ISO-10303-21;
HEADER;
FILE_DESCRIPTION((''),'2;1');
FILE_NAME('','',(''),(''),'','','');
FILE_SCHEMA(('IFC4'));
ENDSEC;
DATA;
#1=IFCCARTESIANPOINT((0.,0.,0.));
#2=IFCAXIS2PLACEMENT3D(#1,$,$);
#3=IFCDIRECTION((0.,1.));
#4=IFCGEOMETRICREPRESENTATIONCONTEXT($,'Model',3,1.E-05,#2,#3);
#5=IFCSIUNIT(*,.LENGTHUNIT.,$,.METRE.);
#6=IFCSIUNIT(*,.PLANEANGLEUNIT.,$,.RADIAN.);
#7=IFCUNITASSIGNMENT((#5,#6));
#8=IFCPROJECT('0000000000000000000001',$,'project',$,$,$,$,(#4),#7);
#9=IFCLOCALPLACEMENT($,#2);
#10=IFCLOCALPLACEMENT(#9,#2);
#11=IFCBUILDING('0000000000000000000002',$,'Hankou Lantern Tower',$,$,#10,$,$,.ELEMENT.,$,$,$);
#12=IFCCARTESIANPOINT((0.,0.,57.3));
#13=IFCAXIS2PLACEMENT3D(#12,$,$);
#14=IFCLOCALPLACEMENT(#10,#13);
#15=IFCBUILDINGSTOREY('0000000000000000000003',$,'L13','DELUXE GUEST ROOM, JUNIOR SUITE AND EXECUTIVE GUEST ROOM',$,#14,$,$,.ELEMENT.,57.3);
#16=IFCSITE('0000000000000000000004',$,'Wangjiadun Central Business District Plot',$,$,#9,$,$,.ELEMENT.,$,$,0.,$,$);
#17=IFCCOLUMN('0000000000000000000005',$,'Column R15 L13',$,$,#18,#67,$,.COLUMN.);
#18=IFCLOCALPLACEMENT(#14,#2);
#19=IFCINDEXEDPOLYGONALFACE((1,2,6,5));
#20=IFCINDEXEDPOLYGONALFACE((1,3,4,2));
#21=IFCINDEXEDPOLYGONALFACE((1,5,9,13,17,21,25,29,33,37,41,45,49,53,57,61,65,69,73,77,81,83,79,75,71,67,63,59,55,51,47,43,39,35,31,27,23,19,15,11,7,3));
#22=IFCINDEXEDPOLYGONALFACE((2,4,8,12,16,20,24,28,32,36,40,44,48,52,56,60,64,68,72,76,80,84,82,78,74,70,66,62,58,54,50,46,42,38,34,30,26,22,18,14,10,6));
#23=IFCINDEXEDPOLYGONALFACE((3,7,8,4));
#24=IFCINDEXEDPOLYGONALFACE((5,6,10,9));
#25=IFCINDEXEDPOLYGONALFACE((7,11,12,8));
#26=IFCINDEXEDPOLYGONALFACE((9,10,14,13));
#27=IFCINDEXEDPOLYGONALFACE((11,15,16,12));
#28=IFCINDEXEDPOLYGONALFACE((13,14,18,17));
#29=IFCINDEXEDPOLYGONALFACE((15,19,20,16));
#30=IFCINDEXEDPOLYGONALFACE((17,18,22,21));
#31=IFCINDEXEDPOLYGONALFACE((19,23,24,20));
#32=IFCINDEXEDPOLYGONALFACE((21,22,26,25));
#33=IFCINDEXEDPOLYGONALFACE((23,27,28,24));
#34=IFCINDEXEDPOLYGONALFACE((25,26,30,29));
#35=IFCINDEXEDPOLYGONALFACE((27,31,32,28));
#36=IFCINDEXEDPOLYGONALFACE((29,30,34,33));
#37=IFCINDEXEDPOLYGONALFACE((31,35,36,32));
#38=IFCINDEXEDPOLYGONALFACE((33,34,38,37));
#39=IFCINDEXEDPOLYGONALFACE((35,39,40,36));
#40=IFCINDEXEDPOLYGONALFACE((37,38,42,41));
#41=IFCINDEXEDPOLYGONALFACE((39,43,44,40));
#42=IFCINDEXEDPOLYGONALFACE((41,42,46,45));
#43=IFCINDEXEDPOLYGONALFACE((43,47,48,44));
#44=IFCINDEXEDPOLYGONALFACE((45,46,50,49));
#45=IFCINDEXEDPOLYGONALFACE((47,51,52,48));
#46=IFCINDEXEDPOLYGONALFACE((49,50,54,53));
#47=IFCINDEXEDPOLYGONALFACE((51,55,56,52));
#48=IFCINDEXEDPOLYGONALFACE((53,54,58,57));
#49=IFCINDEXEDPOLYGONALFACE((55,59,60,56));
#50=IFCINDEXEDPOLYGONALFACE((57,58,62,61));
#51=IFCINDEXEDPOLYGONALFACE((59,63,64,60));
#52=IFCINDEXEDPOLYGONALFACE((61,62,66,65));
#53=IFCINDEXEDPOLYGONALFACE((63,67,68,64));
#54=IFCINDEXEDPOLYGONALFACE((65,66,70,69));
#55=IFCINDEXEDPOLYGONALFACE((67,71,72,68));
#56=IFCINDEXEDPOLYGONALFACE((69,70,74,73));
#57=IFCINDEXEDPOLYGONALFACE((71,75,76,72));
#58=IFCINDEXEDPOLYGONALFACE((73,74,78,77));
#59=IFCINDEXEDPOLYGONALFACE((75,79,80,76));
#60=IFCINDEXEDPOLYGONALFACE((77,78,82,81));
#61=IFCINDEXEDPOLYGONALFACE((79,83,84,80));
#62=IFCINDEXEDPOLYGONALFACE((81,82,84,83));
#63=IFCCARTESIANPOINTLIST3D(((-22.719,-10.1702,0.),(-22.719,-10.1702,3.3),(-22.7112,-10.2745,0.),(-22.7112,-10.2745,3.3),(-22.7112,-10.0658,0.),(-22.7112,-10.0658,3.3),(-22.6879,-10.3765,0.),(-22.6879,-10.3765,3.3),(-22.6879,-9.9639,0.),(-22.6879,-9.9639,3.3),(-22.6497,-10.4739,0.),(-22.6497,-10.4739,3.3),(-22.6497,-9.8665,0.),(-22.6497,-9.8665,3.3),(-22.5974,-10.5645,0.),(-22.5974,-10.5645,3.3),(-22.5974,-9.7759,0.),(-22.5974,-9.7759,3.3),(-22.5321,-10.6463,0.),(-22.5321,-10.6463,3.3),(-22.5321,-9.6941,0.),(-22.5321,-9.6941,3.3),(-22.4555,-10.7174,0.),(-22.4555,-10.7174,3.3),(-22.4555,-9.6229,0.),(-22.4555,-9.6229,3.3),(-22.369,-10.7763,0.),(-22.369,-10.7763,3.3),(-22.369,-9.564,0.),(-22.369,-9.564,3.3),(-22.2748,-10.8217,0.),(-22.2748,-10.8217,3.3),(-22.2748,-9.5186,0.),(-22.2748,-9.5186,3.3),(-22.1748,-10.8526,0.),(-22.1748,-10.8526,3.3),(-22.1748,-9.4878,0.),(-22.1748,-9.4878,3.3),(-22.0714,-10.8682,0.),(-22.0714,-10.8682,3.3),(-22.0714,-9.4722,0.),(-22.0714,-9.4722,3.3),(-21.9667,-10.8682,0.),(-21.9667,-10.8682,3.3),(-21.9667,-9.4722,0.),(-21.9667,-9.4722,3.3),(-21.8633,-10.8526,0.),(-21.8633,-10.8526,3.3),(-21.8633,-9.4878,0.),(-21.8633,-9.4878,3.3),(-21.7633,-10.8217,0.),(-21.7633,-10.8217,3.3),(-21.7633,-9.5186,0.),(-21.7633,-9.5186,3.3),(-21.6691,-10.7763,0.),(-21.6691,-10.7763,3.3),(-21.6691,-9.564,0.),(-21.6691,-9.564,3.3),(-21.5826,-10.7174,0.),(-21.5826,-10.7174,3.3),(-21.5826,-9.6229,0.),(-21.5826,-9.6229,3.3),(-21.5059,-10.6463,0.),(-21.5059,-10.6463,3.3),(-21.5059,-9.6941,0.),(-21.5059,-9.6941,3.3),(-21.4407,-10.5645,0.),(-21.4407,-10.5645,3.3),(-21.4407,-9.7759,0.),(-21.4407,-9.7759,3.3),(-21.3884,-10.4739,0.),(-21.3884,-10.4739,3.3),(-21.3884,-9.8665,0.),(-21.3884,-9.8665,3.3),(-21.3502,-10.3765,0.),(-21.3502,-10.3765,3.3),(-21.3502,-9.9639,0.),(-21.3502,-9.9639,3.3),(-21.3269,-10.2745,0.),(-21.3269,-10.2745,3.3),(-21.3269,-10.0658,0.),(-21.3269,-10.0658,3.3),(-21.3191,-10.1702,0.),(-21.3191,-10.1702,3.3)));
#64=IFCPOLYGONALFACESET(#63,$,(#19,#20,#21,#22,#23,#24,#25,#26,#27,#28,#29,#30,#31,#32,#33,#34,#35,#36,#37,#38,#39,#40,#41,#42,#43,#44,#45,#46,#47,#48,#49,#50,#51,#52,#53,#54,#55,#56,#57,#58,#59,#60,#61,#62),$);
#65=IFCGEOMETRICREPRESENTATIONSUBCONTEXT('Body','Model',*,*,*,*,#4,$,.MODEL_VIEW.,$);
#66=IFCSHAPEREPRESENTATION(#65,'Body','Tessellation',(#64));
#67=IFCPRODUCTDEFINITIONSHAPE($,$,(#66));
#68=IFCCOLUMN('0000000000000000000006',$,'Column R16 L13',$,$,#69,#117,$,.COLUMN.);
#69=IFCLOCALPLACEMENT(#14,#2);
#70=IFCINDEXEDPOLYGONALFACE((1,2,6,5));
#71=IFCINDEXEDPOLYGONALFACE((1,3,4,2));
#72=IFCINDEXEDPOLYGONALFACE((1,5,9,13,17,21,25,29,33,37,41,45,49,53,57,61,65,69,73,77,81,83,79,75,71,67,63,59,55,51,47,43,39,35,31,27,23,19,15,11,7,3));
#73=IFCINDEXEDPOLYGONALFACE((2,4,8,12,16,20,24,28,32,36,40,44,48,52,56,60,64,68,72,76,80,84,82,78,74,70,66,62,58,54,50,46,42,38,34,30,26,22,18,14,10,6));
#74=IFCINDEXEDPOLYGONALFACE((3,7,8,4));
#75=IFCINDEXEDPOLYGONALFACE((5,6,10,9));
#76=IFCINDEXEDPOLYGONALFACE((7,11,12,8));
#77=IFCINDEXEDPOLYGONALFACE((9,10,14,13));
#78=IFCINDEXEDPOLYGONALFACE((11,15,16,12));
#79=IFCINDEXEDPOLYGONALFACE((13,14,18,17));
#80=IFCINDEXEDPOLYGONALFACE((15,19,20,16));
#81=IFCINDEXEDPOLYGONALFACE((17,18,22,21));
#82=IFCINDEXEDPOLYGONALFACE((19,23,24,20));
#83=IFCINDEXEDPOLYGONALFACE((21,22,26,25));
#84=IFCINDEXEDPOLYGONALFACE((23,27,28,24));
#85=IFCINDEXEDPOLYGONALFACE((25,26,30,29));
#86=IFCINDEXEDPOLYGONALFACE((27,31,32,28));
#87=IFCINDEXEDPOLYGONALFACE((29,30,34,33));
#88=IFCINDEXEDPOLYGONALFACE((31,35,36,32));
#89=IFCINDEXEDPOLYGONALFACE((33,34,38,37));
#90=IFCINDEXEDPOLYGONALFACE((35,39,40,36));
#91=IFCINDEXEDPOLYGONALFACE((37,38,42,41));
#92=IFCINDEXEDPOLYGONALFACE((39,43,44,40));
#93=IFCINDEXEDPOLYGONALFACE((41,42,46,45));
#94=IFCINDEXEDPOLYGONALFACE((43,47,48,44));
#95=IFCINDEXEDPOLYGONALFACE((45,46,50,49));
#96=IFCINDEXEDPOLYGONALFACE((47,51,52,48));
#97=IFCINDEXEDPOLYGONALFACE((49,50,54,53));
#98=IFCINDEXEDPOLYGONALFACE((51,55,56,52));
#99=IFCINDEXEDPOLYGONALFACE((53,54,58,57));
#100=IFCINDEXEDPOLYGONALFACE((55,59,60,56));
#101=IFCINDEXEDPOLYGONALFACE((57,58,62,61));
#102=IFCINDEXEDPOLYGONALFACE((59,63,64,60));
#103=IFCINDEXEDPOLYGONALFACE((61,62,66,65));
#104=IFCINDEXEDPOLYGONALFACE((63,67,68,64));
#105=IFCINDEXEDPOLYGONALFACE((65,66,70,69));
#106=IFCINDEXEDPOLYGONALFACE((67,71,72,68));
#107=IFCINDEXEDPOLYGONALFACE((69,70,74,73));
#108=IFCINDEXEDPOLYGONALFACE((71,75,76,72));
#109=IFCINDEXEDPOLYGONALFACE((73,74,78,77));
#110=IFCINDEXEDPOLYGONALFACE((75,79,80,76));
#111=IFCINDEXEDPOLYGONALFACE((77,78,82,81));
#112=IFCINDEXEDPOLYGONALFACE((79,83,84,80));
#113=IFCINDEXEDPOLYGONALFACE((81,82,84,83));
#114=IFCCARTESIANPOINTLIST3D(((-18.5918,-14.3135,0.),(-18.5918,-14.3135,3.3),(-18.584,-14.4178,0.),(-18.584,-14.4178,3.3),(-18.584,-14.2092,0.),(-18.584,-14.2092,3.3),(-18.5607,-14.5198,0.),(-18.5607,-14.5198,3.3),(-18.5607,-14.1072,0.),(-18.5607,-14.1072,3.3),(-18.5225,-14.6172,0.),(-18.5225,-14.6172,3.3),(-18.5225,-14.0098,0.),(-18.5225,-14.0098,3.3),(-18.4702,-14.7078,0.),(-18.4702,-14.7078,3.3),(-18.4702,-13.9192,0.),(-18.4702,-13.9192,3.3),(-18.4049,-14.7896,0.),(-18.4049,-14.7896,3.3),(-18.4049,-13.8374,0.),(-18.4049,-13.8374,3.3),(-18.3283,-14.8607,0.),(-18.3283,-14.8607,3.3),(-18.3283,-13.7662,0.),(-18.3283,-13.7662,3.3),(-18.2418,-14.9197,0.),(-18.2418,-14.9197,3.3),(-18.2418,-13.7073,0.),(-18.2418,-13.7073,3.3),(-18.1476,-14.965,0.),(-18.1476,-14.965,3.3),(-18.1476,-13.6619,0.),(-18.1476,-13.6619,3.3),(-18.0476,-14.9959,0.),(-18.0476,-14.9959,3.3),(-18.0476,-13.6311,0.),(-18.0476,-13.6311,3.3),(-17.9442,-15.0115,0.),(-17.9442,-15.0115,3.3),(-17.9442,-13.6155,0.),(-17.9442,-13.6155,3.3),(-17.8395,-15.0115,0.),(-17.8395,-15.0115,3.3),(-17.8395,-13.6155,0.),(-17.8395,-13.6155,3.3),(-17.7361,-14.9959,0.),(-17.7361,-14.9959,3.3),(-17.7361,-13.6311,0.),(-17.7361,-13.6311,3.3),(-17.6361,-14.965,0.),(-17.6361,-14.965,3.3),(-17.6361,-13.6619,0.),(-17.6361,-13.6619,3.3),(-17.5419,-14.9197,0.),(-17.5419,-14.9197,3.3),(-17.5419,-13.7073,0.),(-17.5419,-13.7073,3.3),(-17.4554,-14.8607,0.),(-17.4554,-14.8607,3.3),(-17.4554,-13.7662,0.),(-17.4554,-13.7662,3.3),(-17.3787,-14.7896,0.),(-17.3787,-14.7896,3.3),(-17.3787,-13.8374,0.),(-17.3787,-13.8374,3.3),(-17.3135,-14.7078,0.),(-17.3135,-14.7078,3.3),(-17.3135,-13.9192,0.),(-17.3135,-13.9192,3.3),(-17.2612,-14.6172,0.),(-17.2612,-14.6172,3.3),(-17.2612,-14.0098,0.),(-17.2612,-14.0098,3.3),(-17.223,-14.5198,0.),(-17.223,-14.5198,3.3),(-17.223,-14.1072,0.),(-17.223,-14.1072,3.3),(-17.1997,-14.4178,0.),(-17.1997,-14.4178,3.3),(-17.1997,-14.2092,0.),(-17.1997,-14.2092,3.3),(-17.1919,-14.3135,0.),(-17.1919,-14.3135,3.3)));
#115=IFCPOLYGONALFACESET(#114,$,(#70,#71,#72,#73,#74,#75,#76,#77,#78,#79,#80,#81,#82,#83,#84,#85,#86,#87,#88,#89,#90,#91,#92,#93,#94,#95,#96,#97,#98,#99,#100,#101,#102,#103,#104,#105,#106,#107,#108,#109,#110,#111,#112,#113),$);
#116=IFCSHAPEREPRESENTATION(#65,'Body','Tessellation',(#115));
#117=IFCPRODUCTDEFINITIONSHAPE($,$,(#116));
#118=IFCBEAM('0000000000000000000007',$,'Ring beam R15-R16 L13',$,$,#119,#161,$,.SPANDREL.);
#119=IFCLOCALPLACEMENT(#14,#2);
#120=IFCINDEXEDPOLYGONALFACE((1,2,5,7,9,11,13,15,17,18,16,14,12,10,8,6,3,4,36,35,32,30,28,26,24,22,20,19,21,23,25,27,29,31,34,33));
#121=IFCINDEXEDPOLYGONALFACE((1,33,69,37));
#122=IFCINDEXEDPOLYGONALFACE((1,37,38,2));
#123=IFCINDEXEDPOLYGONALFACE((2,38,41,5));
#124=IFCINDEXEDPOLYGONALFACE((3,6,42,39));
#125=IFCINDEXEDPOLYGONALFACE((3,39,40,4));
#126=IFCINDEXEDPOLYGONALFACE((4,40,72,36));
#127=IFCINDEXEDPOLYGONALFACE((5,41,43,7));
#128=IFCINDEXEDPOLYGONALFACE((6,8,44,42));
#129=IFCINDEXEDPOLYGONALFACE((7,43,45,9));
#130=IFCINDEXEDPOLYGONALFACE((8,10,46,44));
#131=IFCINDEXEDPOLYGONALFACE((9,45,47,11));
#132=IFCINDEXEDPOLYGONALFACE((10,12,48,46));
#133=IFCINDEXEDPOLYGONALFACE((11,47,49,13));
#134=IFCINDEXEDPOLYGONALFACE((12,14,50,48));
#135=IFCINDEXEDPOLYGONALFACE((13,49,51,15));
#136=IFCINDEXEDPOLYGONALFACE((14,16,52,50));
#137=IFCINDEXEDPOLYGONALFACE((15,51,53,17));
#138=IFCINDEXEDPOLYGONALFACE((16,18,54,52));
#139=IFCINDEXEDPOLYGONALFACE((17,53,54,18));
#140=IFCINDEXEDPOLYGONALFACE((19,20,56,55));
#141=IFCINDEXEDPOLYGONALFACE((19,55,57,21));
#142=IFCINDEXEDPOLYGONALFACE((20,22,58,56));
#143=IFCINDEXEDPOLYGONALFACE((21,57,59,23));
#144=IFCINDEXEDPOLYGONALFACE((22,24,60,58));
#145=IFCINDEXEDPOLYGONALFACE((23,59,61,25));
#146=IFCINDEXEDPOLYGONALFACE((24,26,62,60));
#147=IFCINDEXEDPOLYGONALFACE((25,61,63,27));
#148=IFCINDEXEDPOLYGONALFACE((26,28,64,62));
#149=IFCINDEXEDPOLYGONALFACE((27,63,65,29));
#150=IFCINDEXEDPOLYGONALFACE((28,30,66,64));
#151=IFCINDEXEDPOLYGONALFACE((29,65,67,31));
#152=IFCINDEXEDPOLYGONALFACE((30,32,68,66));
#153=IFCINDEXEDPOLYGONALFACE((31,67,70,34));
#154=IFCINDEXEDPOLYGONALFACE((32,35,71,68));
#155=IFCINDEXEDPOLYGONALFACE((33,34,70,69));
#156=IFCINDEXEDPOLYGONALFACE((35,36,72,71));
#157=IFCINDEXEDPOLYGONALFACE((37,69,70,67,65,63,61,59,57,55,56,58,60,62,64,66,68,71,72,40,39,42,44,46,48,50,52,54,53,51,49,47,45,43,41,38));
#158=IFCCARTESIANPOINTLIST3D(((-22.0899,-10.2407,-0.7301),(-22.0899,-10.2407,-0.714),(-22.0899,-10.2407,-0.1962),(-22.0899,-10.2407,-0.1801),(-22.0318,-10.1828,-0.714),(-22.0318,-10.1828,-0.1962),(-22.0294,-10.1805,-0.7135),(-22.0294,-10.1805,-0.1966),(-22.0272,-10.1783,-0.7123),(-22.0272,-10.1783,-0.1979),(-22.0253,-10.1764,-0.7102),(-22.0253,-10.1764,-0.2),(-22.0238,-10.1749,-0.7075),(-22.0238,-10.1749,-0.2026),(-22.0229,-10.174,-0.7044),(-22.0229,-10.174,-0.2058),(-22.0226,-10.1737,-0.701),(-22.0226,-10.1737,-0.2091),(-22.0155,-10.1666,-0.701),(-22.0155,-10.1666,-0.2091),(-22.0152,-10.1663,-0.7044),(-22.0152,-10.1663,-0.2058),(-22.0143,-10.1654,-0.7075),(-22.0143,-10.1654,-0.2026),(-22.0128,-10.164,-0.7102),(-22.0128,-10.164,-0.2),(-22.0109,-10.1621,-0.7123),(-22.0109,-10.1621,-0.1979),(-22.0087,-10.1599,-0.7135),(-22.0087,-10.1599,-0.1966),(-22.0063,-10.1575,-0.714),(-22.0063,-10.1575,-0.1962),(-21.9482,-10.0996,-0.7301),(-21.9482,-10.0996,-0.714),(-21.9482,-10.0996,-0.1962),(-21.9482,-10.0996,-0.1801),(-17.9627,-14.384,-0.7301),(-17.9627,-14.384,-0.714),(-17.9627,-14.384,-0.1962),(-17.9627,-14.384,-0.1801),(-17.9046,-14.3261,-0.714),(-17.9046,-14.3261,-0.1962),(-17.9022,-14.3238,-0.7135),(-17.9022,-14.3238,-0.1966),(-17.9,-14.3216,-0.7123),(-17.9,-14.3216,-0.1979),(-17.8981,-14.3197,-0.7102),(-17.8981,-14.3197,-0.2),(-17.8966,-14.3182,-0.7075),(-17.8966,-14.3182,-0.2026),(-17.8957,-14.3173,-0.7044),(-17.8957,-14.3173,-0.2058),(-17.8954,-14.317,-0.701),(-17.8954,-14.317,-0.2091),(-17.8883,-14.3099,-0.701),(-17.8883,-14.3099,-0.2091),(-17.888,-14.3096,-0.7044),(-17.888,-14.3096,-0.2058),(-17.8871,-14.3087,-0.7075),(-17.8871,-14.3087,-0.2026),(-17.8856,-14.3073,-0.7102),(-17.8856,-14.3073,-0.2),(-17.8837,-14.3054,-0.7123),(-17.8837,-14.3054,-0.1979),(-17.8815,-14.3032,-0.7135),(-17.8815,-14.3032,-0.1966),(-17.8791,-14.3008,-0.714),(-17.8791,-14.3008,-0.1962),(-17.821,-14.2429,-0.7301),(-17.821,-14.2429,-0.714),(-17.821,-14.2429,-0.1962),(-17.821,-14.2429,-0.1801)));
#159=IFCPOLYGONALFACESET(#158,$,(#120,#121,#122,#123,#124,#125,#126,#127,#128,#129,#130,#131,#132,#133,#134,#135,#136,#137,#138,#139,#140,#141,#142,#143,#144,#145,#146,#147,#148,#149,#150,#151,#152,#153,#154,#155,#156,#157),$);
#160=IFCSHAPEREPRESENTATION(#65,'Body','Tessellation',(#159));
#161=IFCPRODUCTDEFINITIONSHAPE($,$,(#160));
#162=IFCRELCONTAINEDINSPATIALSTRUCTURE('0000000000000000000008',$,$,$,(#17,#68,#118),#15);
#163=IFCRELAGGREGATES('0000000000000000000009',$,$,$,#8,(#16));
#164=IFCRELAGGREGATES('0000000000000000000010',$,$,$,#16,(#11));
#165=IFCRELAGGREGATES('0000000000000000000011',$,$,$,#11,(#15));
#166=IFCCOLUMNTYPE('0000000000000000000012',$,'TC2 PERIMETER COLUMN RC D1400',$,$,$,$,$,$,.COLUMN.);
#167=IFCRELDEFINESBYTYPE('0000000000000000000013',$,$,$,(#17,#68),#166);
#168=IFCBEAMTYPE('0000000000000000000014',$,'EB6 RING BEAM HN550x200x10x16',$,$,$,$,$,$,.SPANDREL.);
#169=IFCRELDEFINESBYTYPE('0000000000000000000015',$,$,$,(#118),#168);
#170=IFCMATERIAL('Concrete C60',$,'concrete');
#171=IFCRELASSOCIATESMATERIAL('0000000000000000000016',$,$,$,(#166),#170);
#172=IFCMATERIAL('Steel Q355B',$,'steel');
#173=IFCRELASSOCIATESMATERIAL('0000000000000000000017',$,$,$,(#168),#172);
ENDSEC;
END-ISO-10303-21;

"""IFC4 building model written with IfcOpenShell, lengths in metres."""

from ifc_helpers import new_model, si_unit, direction, frame, origin, origin_2d, place, context, subcontext, project, spatial, circle, i_section, extrude, material, material_profile, profile_set, type_object, element, save


model = new_model("IFC4")

# Units and contexts
model_context = context("Model", 3, precision=1e-05, world=origin(), true_north=direction((0.0, 1.0)))
body_context = subcontext(model_context, "Body", "Model", "MODEL_VIEW")
ifc_project = project(units=[si_unit("LENGTHUNIT", "METRE"), si_unit("PLANEANGLEUNIT", "RADIAN")], contexts=[model_context])

# Site, building, storey
site_placement = place(None, origin())
site = spatial("IfcSite", under=ifc_project, at=site_placement, Name="Wangjiadun Central Business District Plot", CompositionType="ELEMENT", RefElevation=0.0)
building_placement = place(site_placement, origin())
building = spatial("IfcBuilding", under=site, at=building_placement, Name="Hankou Lantern Tower", CompositionType="ELEMENT")
storey_placement = place(building_placement, frame((0.0, 0.0, 57.3)))
storey = spatial("IfcBuildingStorey", under=building, at=storey_placement, Name="L13", Description="DELUXE GUEST ROOM, JUNIOR SUITE AND EXECUTIVE GUEST ROOM", CompositionType="ELEMENT", Elevation=57.3)

# Columns
ifc_material_1 = material(Name="Concrete C60", Category="concrete")
ifc_material_profile_1 = material_profile(ifc_material_1, circle(Radius=0.7, at=origin_2d()), Name="RC D1400")
ifc_profile_set_1 = profile_set([ifc_material_profile_1], Name="Concrete C60")
column_type = type_object("IfcColumnType", Name="TC2 PERIMETER COLUMN RC D1400", PredefinedType="COLUMN", material=ifc_profile_set_1)
for number, where, z_axis, x_axis, name in (
    (1, (-22.019, -10.1702, 0.0), (0.0, 0.0, 1.0), (1.0, 0.0, 0.0), "Column R15 L13"),
    (2, (-17.8918, -14.3135, 0.0), (0.0, 0.0, 1.0), (1.0, 0.0, 0.0), "Column R16 L13"),
):
    element("IfcColumn", number, at=place(storey_placement, frame(where, z_axis=z_axis, x_axis=x_axis)), inside=storey, type_object=column_type, Name=name, PredefinedType="COLUMN", context=body_context, shape_type="SweptSolid", body=[
        extrude(circle(Radius=0.7, at=origin_2d()), origin(), (0.0, 0.0, 1.0), 3.3),
    ])

# Beam
ifc_material_2 = material(Name="Steel Q355B", Category="steel")
ifc_material_profile_2 = material_profile(ifc_material_2, i_section(OverallWidth=0.2, OverallDepth=0.55, WebThickness=0.01, FlangeThickness=0.0161, FilletRadius=0.0129, at=origin_2d()), Name="HN550x200x10x16")
ifc_profile_set_2 = profile_set([ifc_material_profile_2], Name="Steel Q355B")
beam_type_1 = type_object("IfcBeamType", Name="EB6 RING BEAM HN550x200x10x16", PredefinedType="SPANDREL", material=ifc_profile_set_2)
beam_1_placement = place(storey_placement, frame((-22.019, -10.1702, -0.4551), z_axis=(0.705728, -0.708483, 0.0), x_axis=(0.708483, 0.705728, 0.0)))
element("IfcBeam", 3, at=beam_1_placement, inside=storey, type_object=beam_type_1, Name="Ring beam R15-R16 L13", PredefinedType="SPANDREL", context=body_context, shape_type="SweptSolid", body=[
    extrude(i_section(OverallWidth=0.2, OverallDepth=0.55, WebThickness=0.01, FlangeThickness=0.0161, FilletRadius=0.0129, at=origin_2d()), origin(), (0.0, 0.0, 1.0), 5.8481),
])

save(model, "model.ifc")
